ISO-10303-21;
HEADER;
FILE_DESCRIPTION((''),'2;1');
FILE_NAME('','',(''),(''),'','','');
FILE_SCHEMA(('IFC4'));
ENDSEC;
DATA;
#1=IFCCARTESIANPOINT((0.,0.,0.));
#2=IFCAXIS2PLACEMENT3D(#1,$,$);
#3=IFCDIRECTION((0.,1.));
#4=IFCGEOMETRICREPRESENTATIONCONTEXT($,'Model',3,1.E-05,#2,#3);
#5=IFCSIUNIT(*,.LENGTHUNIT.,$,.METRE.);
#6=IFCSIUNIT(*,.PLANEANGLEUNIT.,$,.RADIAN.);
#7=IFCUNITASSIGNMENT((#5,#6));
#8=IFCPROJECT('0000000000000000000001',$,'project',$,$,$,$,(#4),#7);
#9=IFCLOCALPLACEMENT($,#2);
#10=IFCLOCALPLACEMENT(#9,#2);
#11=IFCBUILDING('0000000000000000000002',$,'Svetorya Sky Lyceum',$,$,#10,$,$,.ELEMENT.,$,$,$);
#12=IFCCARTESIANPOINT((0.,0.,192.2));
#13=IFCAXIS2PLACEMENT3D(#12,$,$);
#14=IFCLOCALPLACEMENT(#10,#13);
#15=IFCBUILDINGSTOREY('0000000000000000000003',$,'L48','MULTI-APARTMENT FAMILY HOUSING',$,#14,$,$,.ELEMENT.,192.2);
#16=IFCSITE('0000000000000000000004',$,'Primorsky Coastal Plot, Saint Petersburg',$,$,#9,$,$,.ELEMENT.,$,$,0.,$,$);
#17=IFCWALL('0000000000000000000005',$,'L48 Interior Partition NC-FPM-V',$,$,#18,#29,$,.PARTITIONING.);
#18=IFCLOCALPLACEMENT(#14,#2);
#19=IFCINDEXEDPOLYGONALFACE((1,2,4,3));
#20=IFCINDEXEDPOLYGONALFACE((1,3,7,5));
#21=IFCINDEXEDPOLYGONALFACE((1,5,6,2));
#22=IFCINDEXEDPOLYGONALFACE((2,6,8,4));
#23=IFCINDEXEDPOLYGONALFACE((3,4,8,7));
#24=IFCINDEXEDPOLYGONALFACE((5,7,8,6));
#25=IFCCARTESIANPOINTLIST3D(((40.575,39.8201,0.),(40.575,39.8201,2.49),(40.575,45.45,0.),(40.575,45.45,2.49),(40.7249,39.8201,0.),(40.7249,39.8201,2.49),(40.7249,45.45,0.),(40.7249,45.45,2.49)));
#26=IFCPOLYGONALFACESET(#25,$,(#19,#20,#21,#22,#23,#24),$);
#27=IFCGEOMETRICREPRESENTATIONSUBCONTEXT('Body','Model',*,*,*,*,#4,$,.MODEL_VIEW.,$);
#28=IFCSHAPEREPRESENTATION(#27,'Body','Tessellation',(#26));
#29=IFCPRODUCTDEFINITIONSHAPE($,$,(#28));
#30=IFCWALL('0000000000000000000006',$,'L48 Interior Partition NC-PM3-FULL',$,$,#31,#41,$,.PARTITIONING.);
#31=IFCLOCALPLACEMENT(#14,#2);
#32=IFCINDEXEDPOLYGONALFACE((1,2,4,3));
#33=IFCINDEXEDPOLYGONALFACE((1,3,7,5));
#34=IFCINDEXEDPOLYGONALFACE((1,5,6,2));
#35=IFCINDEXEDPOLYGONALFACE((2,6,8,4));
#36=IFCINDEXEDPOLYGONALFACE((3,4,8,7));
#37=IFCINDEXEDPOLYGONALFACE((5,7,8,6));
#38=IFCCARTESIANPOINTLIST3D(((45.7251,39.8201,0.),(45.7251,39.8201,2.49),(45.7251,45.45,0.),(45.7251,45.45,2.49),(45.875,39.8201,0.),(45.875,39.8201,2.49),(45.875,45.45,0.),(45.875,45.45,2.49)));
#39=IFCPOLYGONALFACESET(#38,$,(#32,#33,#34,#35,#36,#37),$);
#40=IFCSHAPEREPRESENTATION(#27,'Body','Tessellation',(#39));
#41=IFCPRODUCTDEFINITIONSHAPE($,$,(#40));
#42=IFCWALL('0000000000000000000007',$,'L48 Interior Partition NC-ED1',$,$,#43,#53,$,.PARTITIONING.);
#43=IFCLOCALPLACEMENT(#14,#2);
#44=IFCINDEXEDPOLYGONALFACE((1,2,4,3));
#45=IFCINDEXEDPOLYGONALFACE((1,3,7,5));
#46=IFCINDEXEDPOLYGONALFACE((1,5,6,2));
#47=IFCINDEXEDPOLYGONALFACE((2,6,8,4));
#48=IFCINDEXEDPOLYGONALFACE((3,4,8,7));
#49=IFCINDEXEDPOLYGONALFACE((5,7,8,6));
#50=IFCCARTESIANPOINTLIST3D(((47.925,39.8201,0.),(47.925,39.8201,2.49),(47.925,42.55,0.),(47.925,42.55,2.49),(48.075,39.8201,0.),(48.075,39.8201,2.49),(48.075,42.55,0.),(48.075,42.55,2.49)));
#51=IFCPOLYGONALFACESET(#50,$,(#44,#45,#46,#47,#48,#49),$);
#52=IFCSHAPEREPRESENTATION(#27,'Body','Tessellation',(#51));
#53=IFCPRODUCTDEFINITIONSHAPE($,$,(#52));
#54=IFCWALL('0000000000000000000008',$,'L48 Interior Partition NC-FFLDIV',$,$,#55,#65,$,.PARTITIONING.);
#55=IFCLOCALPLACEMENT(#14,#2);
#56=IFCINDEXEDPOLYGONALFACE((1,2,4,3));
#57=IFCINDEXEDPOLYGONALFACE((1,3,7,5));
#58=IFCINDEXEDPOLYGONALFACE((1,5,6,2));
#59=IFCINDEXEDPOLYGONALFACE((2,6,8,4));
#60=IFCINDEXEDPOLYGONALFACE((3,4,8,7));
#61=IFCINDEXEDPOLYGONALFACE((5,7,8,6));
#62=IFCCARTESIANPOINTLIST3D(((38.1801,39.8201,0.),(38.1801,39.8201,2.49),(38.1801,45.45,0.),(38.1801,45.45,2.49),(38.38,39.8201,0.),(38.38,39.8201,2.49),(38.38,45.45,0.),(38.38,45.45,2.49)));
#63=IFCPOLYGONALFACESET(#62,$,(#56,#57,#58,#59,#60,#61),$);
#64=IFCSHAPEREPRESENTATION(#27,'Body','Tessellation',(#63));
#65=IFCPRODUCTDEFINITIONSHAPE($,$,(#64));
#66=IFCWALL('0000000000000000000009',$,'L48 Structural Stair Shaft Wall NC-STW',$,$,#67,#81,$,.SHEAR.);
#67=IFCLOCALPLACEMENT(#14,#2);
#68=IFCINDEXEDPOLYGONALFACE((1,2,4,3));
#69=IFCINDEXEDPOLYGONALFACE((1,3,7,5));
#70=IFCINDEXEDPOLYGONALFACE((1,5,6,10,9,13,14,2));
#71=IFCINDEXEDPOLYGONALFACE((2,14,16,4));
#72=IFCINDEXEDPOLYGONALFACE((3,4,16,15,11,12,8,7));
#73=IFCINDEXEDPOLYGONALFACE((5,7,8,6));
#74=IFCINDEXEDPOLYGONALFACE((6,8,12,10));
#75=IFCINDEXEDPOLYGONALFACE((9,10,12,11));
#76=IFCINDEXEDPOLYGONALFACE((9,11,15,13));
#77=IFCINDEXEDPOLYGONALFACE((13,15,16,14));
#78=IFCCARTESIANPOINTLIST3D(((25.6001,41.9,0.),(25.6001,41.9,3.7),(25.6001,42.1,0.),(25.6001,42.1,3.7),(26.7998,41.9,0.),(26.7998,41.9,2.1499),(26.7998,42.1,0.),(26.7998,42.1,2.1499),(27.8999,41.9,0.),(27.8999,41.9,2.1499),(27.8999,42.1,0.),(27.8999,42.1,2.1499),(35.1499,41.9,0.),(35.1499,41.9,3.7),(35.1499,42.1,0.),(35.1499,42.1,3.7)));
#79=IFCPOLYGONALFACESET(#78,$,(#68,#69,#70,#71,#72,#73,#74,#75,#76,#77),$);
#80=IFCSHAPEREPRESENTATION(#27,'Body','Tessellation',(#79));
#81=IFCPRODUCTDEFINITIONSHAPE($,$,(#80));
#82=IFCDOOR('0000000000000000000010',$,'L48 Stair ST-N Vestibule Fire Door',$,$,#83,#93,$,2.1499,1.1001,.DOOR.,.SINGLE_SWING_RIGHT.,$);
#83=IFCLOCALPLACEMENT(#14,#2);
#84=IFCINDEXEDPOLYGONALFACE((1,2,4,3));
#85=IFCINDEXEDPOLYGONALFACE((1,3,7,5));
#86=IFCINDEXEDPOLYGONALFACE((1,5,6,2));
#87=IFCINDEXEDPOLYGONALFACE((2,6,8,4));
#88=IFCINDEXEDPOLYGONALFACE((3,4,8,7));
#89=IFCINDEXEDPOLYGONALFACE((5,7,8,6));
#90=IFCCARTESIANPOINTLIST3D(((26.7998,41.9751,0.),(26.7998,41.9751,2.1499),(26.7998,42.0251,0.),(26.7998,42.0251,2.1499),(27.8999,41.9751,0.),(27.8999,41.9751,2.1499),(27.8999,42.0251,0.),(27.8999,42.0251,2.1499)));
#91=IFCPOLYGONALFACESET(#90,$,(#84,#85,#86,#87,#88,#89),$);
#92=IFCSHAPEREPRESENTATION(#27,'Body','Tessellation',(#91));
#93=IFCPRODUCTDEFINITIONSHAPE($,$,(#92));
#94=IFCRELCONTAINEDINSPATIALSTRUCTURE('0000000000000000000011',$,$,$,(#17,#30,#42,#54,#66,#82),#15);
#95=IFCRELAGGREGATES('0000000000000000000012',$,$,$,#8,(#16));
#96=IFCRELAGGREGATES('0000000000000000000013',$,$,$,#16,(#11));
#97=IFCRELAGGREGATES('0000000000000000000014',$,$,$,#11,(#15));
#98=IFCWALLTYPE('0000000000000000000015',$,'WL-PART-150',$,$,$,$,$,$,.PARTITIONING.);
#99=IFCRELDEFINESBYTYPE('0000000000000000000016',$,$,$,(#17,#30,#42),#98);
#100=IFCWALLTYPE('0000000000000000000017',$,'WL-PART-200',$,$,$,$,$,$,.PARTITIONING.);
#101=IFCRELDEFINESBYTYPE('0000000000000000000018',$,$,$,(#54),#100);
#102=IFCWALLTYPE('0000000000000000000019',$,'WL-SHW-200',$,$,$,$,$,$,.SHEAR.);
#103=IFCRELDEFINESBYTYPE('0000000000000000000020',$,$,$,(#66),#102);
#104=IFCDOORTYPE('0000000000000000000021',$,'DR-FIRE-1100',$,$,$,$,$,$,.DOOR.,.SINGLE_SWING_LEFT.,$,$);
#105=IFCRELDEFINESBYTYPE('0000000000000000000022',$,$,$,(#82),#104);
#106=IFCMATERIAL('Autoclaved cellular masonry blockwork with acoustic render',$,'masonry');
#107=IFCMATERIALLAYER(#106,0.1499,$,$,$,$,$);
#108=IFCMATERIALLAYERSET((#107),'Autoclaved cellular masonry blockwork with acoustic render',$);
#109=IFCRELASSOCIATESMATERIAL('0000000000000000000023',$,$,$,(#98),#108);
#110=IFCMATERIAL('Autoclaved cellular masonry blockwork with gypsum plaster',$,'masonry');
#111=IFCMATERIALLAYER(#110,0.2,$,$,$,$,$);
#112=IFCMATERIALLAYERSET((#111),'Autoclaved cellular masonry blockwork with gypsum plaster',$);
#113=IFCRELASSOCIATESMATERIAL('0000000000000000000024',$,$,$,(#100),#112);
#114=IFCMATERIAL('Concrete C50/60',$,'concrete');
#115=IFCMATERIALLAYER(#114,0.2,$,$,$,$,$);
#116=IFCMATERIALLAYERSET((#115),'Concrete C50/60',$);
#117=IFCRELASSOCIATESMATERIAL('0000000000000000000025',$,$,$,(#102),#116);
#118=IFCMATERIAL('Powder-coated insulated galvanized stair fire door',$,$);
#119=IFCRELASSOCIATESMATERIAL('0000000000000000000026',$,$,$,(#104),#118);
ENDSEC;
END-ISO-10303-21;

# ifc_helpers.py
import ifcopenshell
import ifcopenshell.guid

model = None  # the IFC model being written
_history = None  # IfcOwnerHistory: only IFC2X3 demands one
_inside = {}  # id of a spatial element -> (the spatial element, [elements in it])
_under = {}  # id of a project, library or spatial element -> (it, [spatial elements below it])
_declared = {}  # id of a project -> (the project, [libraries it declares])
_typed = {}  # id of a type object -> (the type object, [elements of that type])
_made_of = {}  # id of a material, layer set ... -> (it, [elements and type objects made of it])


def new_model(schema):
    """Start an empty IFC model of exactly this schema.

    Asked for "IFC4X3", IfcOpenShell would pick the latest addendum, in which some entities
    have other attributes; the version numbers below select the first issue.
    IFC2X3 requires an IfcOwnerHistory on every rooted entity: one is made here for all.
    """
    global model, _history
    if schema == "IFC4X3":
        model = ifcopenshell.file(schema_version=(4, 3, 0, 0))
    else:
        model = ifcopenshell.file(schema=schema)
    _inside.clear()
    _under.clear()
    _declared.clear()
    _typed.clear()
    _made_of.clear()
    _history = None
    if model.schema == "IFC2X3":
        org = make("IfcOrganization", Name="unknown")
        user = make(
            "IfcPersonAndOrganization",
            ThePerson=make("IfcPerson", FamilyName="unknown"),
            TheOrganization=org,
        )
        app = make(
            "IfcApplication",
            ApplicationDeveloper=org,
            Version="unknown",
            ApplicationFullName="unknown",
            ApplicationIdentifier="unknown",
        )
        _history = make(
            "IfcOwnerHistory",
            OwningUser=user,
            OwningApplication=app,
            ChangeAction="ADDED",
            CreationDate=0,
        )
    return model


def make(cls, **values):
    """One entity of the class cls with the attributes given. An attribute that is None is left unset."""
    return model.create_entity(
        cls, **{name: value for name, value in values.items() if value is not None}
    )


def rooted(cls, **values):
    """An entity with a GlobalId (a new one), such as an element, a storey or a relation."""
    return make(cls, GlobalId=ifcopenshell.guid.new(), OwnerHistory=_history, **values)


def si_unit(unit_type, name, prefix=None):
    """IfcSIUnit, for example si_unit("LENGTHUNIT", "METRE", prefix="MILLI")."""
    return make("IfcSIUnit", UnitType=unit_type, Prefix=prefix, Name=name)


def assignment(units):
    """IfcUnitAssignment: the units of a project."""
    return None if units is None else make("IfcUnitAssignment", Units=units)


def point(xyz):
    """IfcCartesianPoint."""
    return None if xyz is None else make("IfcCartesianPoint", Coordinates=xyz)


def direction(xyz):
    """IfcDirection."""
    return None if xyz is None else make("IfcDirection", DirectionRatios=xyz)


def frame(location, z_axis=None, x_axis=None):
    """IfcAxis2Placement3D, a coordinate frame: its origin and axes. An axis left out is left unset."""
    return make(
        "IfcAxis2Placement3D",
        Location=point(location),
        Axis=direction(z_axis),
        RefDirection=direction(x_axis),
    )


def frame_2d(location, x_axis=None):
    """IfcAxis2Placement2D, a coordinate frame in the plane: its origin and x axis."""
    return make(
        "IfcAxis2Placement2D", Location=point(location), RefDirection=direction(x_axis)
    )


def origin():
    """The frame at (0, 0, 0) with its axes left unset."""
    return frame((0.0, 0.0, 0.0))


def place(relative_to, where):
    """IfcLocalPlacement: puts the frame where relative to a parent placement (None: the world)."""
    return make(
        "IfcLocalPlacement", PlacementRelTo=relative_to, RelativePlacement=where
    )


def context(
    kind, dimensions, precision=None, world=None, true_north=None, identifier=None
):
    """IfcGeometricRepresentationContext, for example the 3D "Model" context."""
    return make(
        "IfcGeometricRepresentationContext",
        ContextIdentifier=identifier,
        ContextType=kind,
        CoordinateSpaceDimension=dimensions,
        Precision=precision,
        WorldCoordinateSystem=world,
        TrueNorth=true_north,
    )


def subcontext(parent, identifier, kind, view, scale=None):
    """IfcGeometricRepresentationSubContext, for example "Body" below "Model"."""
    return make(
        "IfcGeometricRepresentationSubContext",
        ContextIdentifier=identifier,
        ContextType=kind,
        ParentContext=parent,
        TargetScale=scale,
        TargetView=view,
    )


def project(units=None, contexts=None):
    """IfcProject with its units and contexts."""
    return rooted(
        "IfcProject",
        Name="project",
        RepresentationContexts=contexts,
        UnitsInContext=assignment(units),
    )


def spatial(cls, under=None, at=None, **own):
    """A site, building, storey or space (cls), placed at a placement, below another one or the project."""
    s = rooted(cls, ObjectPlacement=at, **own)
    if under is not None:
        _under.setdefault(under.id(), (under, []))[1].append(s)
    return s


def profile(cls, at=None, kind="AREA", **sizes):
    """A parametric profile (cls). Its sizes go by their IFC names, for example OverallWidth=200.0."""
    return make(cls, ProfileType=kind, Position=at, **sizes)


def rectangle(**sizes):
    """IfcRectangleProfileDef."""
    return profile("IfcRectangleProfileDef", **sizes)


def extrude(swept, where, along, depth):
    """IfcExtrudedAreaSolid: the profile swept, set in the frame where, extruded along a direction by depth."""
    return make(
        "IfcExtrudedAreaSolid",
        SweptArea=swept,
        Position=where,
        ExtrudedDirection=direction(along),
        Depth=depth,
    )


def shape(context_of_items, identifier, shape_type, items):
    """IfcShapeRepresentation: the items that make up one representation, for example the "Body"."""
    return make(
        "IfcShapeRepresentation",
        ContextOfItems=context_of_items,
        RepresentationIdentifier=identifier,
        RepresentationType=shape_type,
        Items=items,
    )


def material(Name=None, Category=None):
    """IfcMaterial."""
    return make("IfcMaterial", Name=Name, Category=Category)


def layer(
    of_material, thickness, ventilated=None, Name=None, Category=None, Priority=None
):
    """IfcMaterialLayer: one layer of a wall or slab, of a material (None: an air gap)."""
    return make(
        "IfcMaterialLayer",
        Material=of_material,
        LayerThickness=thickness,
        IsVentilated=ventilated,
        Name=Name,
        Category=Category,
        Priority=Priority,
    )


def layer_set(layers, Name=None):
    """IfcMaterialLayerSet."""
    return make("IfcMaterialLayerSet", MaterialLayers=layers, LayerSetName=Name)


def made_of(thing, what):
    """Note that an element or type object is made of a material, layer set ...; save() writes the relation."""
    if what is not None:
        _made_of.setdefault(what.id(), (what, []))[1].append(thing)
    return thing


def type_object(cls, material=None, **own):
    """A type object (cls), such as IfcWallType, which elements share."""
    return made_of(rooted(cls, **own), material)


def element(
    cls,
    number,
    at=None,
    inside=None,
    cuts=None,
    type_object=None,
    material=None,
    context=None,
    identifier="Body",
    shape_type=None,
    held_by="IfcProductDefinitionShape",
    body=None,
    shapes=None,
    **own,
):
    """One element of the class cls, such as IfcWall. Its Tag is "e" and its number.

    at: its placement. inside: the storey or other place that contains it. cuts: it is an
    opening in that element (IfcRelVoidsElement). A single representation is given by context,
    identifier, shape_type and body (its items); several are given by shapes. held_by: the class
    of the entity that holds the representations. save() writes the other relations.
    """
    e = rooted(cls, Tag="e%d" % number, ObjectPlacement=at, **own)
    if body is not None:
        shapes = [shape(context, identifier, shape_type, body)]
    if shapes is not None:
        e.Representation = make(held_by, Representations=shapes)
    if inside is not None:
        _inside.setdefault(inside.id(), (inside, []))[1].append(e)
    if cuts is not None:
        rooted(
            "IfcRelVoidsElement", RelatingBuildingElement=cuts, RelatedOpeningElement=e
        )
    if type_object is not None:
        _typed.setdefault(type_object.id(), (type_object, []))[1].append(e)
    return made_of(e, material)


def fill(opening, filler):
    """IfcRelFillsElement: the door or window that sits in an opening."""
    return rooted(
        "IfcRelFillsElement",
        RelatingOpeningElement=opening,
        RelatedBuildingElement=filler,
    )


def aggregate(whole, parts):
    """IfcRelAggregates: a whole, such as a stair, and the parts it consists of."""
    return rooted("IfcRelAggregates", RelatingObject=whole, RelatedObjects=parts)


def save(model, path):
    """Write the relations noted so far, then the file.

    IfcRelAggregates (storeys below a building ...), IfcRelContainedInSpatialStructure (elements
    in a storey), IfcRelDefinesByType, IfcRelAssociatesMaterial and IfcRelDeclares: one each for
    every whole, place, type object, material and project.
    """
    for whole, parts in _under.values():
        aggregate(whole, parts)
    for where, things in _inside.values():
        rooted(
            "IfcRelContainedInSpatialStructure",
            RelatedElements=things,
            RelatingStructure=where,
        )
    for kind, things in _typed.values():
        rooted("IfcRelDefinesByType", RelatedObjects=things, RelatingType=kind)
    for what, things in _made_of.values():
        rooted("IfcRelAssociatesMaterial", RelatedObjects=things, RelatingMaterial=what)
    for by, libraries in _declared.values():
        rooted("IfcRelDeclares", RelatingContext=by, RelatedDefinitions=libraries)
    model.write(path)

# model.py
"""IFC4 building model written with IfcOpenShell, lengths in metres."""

from ifc_helpers import new_model, si_unit, direction, frame, frame_2d, origin, place, context, subcontext, project, spatial, rectangle, extrude, material, layer, layer_set, type_object, element, fill, save


model = new_model("IFC4")

# Units and contexts
model_context = context("Model", 3, precision=1e-05, world=origin(), true_north=direction((0.0, 1.0)))
body_context = subcontext(model_context, "Body", "Model", "MODEL_VIEW")
ifc_project = project(units=[si_unit("LENGTHUNIT", "METRE"), si_unit("PLANEANGLEUNIT", "RADIAN")], contexts=[model_context])

# Site, building, storey
site_placement = place(None, origin())
site = spatial("IfcSite", under=ifc_project, at=site_placement, Name="Primorsky Coastal Plot, Saint Petersburg", CompositionType="ELEMENT", RefElevation=0.0)
building_placement = place(site_placement, origin())
building = spatial("IfcBuilding", under=site, at=building_placement, Name="Svetorya Sky Lyceum", CompositionType="ELEMENT")
storey_placement = place(building_placement, frame((0.0, 0.0, 192.2)))
storey = spatial("IfcBuildingStorey", under=building, at=storey_placement, Name="L48", Description="MULTI-APARTMENT FAMILY HOUSING", CompositionType="ELEMENT", Elevation=192.2)

# Shared definitions
ifc_material_1 = material(Name="Concrete C50/60", Category="concrete")

# Walls
ifc_material_2 = material(Name="Autoclaved cellular masonry blockwork with acoustic render", Category="masonry")
ifc_layer_1 = layer(ifc_material_2, 0.1499)
ifc_layer_set_1 = layer_set([ifc_layer_1], Name="Autoclaved cellular masonry blockwork with acoustic render")
wall_type_1 = type_object("IfcWallType", Name="WL-PART-150", PredefinedType="PARTITIONING", material=ifc_layer_set_1)
for number, where, z_axis, x_axis, name in (
    (1, (40.6499, 39.8201, 0.0), (0.0, 0.0, 1.0), (0.0, 1.0, 0.0), "L48 Interior Partition NC-FPM-V"),
    (2, (45.8, 39.8201, 0.0), (0.0, 0.0, 1.0), (0.0, 1.0, 0.0), "L48 Interior Partition NC-PM3-FULL"),
):
    element("IfcWall", number, at=place(storey_placement, frame(where, z_axis=z_axis, x_axis=x_axis)), inside=storey, type_object=wall_type_1, Name=name, PredefinedType="PARTITIONING", context=body_context, shape_type="SweptSolid", body=[
        extrude(rectangle(XDim=5.6299, YDim=0.1499, at=frame_2d((2.8149, 0.0))), origin(), (0.0, 0.0, 1.0), 2.49),
    ])
wall_1_placement = place(storey_placement, frame((48.0, 39.8201, 0.0), z_axis=(0.0, 0.0, 1.0), x_axis=(0.0, 1.0, 0.0)))
element("IfcWall", 3, at=wall_1_placement, inside=storey, type_object=wall_type_1, Name="L48 Interior Partition NC-ED1", PredefinedType="PARTITIONING", context=body_context, shape_type="SweptSolid", body=[
    extrude(rectangle(XDim=2.73, YDim=0.1499, at=frame_2d((1.365, 0.0))), origin(), (0.0, 0.0, 1.0), 2.49),
])

# Shared definitions
ifc_material_3 = material(Name="Autoclaved cellular masonry blockwork with gypsum plaster", Category="masonry")
ifc_layer_2 = layer(ifc_material_3, 0.2)
ifc_layer_set_2 = layer_set([ifc_layer_2], Name="Autoclaved cellular masonry blockwork with gypsum plaster")
wall_type_2 = type_object("IfcWallType", Name="WL-PART-200", PredefinedType="PARTITIONING", material=ifc_layer_set_2)

# Wall
wall_2_placement = place(storey_placement, frame((38.28, 39.8201, 0.0), z_axis=(0.0, 0.0, 1.0), x_axis=(0.0, 1.0, 0.0)))
element("IfcWall", 4, at=wall_2_placement, inside=storey, type_object=wall_type_2, Name="L48 Interior Partition NC-FFLDIV", PredefinedType="PARTITIONING", context=body_context, shape_type="SweptSolid", body=[
    extrude(rectangle(XDim=5.6299, YDim=0.2, at=frame_2d((2.8149, 0.0))), origin(), (0.0, 0.0, 1.0), 2.49),
])

# Wall, opening, door
ifc_layer_3 = layer(ifc_material_1, 0.2)
ifc_layer_set_3 = layer_set([ifc_layer_3], Name="Concrete C50/60")
wall_type_3 = type_object("IfcWallType", Name="WL-SHW-200", PredefinedType="SHEAR", material=ifc_layer_set_3)
wall_3_placement = place(storey_placement, frame((35.1499, 42.0, 0.0), z_axis=(0.0, 0.0, 1.0), x_axis=(-1.0, 0.0, 0.0)))
wall_3 = element("IfcWall", 5, at=wall_3_placement, inside=storey, type_object=wall_type_3, Name="L48 Structural Stair Shaft Wall NC-STW", PredefinedType="SHEAR", context=body_context, shape_type="SweptSolid", body=[
    extrude(rectangle(XDim=9.5498, YDim=0.2, at=frame_2d((4.7749, 0.0))), origin(), (0.0, 0.0, 1.0), 3.7),
])
opening_1_placement = place(wall_3_placement, frame((7.25, 0.0, 0.0)))
opening_1 = element("IfcOpeningElement", 6, at=opening_1_placement, cuts=wall_3, PredefinedType="OPENING", context=body_context, shape_type="SweptSolid", body=[
    extrude(rectangle(XDim=1.1001, YDim=2.1499, at=frame_2d((0.55, 1.075))), frame((0.0, 0.1099, 0.0), z_axis=(0.0, -1.0, 0.0), x_axis=(1.0, 0.0, 0.0)), (0.0, 0.0, 1.0), 0.22),
])
ifc_material_4 = material(Name="Powder-coated insulated galvanized stair fire door")
door_type_1 = type_object("IfcDoorType", Name="DR-FIRE-1100", OperationType="SINGLE_SWING_LEFT", PredefinedType="DOOR", material=ifc_material_4)
door_1_placement = place(opening_1_placement, origin())
door_1 = element("IfcDoor", 7, at=door_1_placement, inside=storey, type_object=door_type_1, Name="L48 Stair ST-N Vestibule Fire Door", OperationType="SINGLE_SWING_RIGHT", OverallHeight=2.1499, OverallWidth=1.1001, PredefinedType="DOOR", context=body_context, shape_type="SweptSolid", body=[
    extrude(rectangle(XDim=1.1001, YDim=2.1499, at=frame_2d((0.55, 1.075))), frame((0.0, 0.0249, 0.0), z_axis=(0.0, -1.0, 0.0), x_axis=(1.0, 0.0, 0.0)), (0.0, 0.0, 1.0), 0.05),
])
fill(opening_1, door_1)

save(model, "model.ifc")
